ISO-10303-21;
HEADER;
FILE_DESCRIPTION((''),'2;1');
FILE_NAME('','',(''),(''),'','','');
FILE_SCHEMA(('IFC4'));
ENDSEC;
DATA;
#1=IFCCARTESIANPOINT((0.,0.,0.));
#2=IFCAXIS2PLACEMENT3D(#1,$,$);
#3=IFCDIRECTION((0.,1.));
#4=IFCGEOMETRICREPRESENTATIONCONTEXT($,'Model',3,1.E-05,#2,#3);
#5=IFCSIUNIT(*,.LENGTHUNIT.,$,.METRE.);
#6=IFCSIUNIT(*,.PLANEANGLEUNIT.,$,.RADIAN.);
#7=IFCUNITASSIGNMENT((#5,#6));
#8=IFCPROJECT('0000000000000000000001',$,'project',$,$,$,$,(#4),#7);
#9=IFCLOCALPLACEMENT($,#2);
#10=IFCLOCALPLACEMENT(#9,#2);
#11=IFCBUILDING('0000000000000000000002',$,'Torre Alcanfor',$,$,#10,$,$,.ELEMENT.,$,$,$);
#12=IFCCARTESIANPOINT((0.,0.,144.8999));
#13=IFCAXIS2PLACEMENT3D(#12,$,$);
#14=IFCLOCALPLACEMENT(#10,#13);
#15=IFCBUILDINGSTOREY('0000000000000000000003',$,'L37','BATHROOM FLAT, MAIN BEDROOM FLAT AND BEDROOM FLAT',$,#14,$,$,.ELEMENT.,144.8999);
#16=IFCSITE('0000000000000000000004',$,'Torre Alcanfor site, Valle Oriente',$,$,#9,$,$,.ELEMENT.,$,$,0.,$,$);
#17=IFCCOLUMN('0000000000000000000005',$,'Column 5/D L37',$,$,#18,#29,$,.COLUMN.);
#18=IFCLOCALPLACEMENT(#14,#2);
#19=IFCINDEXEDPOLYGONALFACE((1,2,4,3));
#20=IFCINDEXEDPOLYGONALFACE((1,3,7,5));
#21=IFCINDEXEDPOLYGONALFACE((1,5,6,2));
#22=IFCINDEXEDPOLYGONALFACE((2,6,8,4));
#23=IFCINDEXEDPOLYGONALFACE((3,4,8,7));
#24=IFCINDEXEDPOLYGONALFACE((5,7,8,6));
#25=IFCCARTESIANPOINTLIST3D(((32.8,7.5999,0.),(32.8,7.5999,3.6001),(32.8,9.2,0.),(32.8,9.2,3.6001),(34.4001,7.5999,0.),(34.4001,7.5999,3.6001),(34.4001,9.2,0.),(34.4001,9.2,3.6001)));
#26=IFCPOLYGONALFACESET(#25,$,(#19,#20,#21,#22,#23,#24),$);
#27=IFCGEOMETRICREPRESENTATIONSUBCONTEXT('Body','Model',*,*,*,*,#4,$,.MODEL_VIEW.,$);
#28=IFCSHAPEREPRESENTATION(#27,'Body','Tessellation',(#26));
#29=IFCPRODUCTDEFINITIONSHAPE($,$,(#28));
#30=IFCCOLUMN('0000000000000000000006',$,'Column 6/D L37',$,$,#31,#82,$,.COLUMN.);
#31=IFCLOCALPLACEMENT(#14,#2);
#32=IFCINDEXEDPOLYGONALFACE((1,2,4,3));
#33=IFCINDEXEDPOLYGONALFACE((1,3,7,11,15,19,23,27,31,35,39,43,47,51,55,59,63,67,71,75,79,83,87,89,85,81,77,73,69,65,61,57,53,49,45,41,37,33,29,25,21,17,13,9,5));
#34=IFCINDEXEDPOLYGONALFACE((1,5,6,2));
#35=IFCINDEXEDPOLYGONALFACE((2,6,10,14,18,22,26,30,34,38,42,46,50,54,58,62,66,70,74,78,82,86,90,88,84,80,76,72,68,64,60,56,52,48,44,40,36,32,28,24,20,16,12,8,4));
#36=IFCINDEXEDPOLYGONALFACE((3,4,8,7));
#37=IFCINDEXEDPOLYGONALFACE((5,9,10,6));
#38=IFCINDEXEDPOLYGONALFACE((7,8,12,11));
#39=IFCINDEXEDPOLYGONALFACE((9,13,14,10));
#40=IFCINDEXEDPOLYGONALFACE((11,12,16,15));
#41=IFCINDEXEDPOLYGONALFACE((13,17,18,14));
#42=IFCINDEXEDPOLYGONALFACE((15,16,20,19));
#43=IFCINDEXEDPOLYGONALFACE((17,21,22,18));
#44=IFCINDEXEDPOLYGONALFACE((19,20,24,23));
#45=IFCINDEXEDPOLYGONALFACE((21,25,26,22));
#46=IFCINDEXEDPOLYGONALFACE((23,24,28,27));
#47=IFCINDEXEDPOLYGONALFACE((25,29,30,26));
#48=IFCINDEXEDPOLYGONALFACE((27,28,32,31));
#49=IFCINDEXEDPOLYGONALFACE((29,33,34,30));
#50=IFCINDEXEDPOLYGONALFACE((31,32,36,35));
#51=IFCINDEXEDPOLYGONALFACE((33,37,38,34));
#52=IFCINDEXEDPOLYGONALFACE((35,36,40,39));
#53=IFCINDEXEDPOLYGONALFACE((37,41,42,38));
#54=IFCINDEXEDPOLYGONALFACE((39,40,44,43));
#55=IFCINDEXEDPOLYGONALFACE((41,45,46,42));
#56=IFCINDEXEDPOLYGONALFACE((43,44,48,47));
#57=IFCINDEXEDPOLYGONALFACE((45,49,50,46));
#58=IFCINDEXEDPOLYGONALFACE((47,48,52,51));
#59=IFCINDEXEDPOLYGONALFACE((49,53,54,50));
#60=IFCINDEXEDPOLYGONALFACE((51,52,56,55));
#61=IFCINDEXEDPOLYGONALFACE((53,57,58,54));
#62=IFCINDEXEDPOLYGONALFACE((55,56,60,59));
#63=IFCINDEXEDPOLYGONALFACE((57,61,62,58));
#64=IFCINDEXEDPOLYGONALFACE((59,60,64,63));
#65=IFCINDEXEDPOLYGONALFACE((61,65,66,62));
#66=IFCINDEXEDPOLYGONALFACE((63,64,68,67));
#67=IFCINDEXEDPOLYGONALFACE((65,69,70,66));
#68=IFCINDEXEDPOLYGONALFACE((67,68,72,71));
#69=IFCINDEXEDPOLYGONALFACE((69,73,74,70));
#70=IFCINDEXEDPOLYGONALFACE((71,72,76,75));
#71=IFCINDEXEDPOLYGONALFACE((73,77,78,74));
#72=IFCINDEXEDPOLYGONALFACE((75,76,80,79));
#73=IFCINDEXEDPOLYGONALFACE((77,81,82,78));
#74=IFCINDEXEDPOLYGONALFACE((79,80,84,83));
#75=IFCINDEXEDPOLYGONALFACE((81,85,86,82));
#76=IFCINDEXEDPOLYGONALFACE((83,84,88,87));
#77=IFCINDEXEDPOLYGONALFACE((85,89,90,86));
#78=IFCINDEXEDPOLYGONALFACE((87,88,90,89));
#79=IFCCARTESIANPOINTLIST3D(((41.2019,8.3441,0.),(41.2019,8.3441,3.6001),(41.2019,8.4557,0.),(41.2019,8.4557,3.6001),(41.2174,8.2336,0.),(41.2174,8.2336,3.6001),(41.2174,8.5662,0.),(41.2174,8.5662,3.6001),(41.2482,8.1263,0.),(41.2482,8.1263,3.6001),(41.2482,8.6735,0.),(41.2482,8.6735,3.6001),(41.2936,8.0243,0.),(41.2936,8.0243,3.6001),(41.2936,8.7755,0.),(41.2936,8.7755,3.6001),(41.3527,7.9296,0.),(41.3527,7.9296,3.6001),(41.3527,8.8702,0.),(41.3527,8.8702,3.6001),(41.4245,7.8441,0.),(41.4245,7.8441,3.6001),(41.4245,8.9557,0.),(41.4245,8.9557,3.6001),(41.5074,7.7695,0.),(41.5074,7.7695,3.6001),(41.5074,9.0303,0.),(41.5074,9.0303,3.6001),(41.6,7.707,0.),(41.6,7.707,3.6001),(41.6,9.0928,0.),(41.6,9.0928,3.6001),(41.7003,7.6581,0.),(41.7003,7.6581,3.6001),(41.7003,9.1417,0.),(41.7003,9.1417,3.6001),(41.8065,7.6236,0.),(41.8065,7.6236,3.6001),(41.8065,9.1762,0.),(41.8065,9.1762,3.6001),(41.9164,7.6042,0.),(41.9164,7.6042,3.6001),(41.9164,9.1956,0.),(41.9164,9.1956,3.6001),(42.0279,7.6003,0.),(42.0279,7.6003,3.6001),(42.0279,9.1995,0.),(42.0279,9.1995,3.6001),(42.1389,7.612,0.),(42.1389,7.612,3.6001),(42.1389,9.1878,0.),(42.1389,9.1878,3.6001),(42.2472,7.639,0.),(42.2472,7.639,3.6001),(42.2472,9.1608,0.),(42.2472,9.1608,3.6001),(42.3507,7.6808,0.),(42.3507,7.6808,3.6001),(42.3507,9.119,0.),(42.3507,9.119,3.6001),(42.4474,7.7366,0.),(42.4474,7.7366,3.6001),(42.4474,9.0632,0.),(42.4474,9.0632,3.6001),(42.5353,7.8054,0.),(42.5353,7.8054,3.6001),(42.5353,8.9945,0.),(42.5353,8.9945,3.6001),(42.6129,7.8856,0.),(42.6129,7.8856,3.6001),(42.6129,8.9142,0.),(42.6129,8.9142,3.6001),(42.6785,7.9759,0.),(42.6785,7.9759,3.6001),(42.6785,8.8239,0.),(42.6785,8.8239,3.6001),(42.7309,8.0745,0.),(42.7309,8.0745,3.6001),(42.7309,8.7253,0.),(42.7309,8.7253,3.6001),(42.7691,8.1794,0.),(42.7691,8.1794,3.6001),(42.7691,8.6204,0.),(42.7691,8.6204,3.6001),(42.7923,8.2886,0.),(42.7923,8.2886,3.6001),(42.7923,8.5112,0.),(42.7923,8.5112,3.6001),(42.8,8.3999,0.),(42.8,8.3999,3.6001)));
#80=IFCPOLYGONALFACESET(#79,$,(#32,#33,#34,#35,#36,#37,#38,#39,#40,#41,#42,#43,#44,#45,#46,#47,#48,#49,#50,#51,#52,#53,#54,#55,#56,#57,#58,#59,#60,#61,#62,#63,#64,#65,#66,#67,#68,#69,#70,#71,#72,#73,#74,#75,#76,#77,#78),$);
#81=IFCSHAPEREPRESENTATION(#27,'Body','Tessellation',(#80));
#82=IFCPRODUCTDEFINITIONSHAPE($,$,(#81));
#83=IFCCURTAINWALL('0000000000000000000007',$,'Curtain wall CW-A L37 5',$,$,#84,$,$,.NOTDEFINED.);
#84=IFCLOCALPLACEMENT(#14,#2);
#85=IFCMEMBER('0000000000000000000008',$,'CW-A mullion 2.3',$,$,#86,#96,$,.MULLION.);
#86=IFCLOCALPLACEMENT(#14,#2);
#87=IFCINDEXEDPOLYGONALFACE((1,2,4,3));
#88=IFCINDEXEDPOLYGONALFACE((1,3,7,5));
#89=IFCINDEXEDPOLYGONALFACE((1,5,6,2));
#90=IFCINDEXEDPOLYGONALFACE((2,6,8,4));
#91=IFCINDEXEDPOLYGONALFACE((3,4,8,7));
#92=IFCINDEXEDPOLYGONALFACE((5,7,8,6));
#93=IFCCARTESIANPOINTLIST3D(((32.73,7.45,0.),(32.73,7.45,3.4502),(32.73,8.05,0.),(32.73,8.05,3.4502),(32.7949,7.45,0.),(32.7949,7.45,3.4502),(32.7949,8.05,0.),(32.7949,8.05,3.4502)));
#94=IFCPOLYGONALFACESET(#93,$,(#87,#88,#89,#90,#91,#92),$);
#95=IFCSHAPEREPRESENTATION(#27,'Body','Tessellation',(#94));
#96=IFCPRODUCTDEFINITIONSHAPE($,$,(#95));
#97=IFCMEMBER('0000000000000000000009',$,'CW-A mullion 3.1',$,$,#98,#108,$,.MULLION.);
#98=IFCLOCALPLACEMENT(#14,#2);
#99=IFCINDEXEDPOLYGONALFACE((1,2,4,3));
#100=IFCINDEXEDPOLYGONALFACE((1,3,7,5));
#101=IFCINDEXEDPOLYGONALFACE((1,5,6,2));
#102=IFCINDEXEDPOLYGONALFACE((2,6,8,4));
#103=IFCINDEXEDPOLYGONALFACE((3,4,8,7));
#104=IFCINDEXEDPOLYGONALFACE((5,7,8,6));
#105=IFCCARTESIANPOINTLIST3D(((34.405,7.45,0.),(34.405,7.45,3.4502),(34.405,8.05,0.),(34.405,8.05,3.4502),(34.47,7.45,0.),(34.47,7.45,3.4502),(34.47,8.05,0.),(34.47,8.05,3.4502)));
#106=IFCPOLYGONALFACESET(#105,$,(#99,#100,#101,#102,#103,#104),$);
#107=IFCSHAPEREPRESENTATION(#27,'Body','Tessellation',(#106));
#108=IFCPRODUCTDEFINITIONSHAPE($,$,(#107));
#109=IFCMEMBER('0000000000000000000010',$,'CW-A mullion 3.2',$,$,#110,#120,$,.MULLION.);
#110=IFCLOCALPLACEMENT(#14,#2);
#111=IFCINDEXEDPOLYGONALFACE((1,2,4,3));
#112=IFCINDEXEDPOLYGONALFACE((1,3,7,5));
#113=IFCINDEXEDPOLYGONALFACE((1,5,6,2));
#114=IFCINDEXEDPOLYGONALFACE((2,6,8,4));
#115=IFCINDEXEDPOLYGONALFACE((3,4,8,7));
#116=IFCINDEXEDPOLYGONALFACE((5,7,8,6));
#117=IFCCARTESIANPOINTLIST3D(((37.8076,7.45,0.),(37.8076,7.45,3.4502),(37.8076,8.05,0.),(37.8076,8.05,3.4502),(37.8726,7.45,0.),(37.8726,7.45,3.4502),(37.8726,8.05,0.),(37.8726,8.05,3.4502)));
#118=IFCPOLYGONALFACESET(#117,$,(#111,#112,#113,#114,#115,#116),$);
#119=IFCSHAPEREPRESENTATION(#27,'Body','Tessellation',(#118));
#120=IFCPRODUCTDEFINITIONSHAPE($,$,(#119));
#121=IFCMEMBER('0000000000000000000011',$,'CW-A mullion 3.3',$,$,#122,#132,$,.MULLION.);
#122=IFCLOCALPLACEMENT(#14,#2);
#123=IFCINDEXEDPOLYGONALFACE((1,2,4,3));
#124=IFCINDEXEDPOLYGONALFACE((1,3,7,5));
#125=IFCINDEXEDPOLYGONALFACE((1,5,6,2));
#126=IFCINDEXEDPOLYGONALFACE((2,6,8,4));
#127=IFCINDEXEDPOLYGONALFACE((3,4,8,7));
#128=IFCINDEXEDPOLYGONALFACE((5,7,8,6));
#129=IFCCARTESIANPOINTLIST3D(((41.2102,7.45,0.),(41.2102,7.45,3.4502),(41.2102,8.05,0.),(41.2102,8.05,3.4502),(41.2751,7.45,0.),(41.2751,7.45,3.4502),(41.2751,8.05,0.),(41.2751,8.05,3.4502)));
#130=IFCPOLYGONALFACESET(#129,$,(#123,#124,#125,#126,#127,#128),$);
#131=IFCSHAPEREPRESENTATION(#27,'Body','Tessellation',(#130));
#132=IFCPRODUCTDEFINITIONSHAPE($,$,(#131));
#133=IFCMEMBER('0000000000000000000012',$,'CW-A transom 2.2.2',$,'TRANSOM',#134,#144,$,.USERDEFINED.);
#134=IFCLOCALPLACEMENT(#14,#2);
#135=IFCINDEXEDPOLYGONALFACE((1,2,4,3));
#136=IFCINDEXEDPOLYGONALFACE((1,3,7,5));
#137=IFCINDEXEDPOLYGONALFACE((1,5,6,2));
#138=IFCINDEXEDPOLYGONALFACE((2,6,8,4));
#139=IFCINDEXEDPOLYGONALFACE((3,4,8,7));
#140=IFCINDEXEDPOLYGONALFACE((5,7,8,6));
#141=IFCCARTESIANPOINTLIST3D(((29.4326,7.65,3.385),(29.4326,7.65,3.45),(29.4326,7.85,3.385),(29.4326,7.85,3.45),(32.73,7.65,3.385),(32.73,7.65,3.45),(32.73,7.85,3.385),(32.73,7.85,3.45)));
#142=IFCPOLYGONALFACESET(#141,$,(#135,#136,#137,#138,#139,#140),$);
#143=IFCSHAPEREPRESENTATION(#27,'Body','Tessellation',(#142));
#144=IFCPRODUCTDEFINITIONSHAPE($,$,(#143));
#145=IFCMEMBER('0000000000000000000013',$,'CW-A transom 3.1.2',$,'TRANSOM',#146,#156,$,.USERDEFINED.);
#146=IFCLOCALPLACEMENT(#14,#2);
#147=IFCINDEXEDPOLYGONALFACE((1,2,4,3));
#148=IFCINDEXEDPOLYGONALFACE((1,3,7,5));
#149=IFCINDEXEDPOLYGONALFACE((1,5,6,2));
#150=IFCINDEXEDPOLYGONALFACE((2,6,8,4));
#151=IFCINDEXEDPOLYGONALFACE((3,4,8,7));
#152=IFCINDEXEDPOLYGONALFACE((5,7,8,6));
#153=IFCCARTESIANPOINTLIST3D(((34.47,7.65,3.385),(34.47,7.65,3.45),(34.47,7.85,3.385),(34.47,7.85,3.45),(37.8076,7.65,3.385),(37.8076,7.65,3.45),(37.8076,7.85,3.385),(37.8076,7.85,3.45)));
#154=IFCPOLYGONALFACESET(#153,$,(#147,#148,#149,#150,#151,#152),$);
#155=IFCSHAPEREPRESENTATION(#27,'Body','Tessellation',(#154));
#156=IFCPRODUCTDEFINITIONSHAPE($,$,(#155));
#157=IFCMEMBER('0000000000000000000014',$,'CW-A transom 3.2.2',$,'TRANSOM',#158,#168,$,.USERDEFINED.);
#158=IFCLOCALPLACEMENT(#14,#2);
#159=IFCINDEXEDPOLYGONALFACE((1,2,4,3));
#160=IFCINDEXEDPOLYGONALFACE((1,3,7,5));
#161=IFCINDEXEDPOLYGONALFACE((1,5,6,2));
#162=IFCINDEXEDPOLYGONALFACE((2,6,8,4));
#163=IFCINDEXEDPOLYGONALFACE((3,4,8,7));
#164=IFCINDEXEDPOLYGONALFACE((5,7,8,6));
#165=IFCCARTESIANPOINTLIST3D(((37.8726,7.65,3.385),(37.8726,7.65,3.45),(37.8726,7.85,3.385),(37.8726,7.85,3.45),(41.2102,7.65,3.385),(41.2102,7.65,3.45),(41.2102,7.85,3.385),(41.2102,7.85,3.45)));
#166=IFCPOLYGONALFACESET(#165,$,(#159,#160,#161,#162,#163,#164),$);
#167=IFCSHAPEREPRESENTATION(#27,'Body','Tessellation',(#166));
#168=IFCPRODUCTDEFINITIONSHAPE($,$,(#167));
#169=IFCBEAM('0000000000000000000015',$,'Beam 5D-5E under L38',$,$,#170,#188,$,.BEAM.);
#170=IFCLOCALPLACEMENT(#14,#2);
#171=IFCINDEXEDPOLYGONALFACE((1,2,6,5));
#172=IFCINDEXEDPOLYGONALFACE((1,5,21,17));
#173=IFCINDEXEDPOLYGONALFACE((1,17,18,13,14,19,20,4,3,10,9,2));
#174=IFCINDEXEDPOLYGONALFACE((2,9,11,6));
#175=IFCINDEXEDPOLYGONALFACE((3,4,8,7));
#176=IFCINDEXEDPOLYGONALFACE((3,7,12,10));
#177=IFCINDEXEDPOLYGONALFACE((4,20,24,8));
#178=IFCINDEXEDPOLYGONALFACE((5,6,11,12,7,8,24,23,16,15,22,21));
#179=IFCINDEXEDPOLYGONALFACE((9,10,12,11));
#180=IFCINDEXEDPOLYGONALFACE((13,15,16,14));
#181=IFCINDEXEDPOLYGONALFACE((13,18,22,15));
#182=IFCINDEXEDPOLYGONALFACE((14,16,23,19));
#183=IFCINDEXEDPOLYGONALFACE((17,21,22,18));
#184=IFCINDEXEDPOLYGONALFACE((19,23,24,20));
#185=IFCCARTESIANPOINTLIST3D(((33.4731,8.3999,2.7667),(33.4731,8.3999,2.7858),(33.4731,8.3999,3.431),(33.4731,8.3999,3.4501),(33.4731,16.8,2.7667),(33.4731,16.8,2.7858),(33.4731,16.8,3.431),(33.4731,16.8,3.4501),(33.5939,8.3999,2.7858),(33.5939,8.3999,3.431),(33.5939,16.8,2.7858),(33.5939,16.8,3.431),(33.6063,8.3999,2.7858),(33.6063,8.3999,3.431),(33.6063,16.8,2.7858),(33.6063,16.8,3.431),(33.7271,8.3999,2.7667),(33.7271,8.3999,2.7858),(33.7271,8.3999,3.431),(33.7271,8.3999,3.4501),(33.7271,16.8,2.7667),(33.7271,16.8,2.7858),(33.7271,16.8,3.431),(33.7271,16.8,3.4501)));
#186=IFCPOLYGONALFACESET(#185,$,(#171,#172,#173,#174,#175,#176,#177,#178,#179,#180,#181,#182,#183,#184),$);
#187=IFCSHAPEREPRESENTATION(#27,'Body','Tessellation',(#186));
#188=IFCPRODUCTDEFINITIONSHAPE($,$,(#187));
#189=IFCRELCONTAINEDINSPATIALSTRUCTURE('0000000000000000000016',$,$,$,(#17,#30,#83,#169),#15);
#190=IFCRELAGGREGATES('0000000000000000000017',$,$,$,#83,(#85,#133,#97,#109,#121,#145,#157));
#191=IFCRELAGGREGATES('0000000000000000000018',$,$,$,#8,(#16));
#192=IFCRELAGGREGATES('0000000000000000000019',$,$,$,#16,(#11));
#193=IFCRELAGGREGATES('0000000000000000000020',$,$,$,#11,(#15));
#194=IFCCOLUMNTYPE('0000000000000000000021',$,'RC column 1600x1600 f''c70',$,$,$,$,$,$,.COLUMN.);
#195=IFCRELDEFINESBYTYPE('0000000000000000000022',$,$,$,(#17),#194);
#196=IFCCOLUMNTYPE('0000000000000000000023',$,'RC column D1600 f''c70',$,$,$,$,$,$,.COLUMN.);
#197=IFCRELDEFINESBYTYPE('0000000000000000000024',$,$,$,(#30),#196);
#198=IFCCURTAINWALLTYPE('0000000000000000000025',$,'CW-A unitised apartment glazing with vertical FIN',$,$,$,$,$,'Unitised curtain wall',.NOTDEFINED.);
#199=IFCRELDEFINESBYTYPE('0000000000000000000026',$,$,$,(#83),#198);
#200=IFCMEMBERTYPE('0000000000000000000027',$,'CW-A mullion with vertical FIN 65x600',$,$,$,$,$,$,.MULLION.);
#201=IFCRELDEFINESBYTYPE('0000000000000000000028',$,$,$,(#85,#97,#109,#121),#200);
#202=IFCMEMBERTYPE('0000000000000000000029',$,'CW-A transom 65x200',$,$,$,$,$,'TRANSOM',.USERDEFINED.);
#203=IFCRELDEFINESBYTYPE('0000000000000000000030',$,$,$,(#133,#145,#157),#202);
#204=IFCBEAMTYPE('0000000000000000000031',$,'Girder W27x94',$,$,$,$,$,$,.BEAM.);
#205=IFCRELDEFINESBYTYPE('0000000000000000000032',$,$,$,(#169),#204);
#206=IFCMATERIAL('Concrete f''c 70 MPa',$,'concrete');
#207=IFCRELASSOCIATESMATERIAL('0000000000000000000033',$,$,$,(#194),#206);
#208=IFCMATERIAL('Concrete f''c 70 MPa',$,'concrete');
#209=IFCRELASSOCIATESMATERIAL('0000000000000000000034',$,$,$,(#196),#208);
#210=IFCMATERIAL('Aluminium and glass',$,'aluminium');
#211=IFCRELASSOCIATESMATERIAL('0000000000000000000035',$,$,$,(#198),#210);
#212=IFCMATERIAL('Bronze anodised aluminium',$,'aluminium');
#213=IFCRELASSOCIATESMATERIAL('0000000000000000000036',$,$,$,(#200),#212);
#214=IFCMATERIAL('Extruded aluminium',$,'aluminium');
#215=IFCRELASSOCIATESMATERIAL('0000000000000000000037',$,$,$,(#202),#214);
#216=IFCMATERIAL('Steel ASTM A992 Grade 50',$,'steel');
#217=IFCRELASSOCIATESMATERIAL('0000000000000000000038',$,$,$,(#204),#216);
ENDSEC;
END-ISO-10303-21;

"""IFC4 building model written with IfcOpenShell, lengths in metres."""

from ifc_helpers import new_model, si_unit, direction, frame, origin, origin_2d, place, context, subcontext, project, spatial, rectangle, circle, i_section, extrude, material, material_profile, profile_set, type_object, element, aggregate, save


model = new_model("IFC4")

# Units and contexts
model_context = context("Model", 3, precision=1e-05, world=origin(), true_north=direction((0.0, 1.0)))
body_context = subcontext(model_context, "Body", "Model", "MODEL_VIEW")
ifc_project = project(units=[si_unit("LENGTHUNIT", "METRE"), si_unit("PLANEANGLEUNIT", "RADIAN")], contexts=[model_context])

# Site, building, storey
site_placement = place(None, origin())
site = spatial("IfcSite", under=ifc_project, at=site_placement, Name="Torre Alcanfor site, Valle Oriente", CompositionType="ELEMENT", RefElevation=0.0)
building_placement = place(site_placement, origin())
building = spatial("IfcBuilding", under=site, at=building_placement, Name="Torre Alcanfor", CompositionType="ELEMENT")
storey_placement = place(building_placement, frame((0.0, 0.0, 144.8999)))
storey = spatial("IfcBuildingStorey", under=building, at=storey_placement, Name="L37", Description="BATHROOM FLAT, MAIN BEDROOM FLAT AND BEDROOM FLAT", CompositionType="ELEMENT", Elevation=144.8999)

# Columns
ifc_material_1 = material(Name="Concrete f'c 70 MPa", Category="concrete")
ifc_material_profile_1 = material_profile(ifc_material_1, rectangle(XDim=1.6001, YDim=1.6001, at=origin_2d()), Name="1600x1600")
ifc_profile_set_1 = profile_set([ifc_material_profile_1], Name="Concrete f'c 70 MPa")
column_type_1 = type_object("IfcColumnType", Name="RC column 1600x1600 f'c70", PredefinedType="COLUMN", material=ifc_profile_set_1)
column_1_placement = place(storey_placement, frame((33.6001, 8.3999, 0.0), z_axis=(0.0, 0.0, 1.0), x_axis=(1.0, 0.0, 0.0)))
element("IfcColumn", 1, at=column_1_placement, inside=storey, type_object=column_type_1, Name="Column 5/D L37", PredefinedType="COLUMN", context=body_context, shape_type="SweptSolid", body=[
    extrude(rectangle(XDim=1.6001, YDim=1.6001, at=origin_2d()), origin(), (0.0, 0.0, 1.0), 3.6001),
])
ifc_material_2 = material(Name="Concrete f'c 70 MPa", Category="concrete")
ifc_material_profile_2 = material_profile(ifc_material_2, circle(Radius=0.8, at=origin_2d()), Name="D1600")
ifc_profile_set_2 = profile_set([ifc_material_profile_2], Name="Concrete f'c 70 MPa")
column_type_2 = type_object("IfcColumnType", Name="RC column D1600 f'c70", PredefinedType="COLUMN", material=ifc_profile_set_2)
column_2_placement = place(storey_placement, frame((42.0, 8.3999, 0.0), z_axis=(0.0, 0.0, 1.0), x_axis=(1.0, 0.0, 0.0)))
element("IfcColumn", 2, at=column_2_placement, inside=storey, type_object=column_type_2, Name="Column 6/D L37", PredefinedType="COLUMN", context=body_context, shape_type="SweptSolid", body=[
    extrude(circle(Radius=0.8, at=origin_2d()), origin(), (0.0, 0.0, 1.0), 3.6001),
])

# Curtain wall, members
ifc_material_3 = material(Name="Aluminium and glass", Category="aluminium")
curtain_wall_type = type_object("IfcCurtainWallType", Name="CW-A unitised apartment glazing with vertical FIN", ElementType="Unitised curtain wall", PredefinedType="NOTDEFINED", material=ifc_material_3)
curtain_wall_placement = place(storey_placement, origin())
curtain_wall = element("IfcCurtainWall", 3, at=curtain_wall_placement, inside=storey, type_object=curtain_wall_type, Name="Curtain wall CW-A L37 5", PredefinedType="NOTDEFINED")
ifc_material_4 = material(Name="Bronze anodised aluminium", Category="aluminium")
ifc_material_profile_3 = material_profile(ifc_material_4, rectangle(XDim=0.6001, YDim=0.0649, at=origin_2d()), Name="CW-A mullion 65x600")
ifc_profile_set_3 = profile_set([ifc_material_profile_3], Name="Bronze anodised aluminium")
member_type_1 = type_object("IfcMemberType", Name="CW-A mullion with vertical FIN 65x600", PredefinedType="MULLION", material=ifc_profile_set_3)
member_1_placement = place(storey_placement, frame((32.7625, 7.75, 0.0), z_axis=(0.0, 0.0, 1.0), x_axis=(0.0, 1.0, 0.0)))
member_1 = element("IfcMember", 4, at=member_1_placement, type_object=member_type_1, Name="CW-A mullion 2.3", PredefinedType="MULLION", context=body_context, shape_type="SweptSolid", body=[
    extrude(rectangle(XDim=0.6001, YDim=0.0649, at=origin_2d()), origin(), (0.0, 0.0, 1.0), 3.4502),
])
member_2_placement = place(storey_placement, frame((34.4375, 7.75, 0.0), z_axis=(0.0, 0.0, 1.0), x_axis=(0.0, 1.0, 0.0)))
member_2 = element("IfcMember", 5, at=member_2_placement, type_object=member_type_1, Name="CW-A mullion 3.1", PredefinedType="MULLION", context=body_context, shape_type="SweptSolid", body=[
    extrude(rectangle(XDim=0.6001, YDim=0.0649, at=origin_2d()), origin(), (0.0, 0.0, 1.0), 3.4502),
])
member_3_placement = place(storey_placement, frame((37.8401, 7.75, 0.0), z_axis=(0.0, 0.0, 1.0), x_axis=(0.0, 1.0, 0.0)))
member_3 = element("IfcMember", 6, at=member_3_placement, type_object=member_type_1, Name="CW-A mullion 3.2", PredefinedType="MULLION", context=body_context, shape_type="SweptSolid", body=[
    extrude(rectangle(XDim=0.6001, YDim=0.0649, at=origin_2d()), origin(), (0.0, 0.0, 1.0), 3.4502),
])
member_4_placement = place(storey_placement, frame((41.2427, 7.75, 0.0), z_axis=(0.0, 0.0, 1.0), x_axis=(0.0, 1.0, 0.0)))
member_4 = element("IfcMember", 7, at=member_4_placement, type_object=member_type_1, Name="CW-A mullion 3.3", PredefinedType="MULLION", context=body_context, shape_type="SweptSolid", body=[
    extrude(rectangle(XDim=0.6001, YDim=0.0649, at=origin_2d()), origin(), (0.0, 0.0, 1.0), 3.4502),
])
ifc_material_5 = material(Name="Extruded aluminium", Category="aluminium")
ifc_material_profile_4 = material_profile(ifc_material_5, rectangle(XDim=0.2, YDim=0.0649, at=origin_2d()), Name="CW-A transom 200x65")
ifc_profile_set_4 = profile_set([ifc_material_profile_4], Name="Extruded aluminium")
member_type_2 = type_object("IfcMemberType", Name="CW-A transom 65x200", ElementType="TRANSOM", PredefinedType="USERDEFINED", material=ifc_profile_set_4)
member_5_placement = place(storey_placement, frame((29.4326, 7.75, 3.4175), z_axis=(1.0, 0.0, 0.0), x_axis=(0.0, 1.0, 0.0)))
member_5 = element("IfcMember", 8, at=member_5_placement, type_object=member_type_2, Name="CW-A transom 2.2.2", ObjectType="TRANSOM", PredefinedType="USERDEFINED", context=body_context, shape_type="SweptSolid", body=[
    extrude(rectangle(XDim=0.2, YDim=0.0649, at=origin_2d()), origin(), (0.0, 0.0, 1.0), 3.2974),
])
member_6_placement = place(storey_placement, frame((34.47, 7.75, 3.4175), z_axis=(1.0, 0.0, 0.0), x_axis=(0.0, 1.0, 0.0)))
member_6 = element("IfcMember", 9, at=member_6_placement, type_object=member_type_2, Name="CW-A transom 3.1.2", ObjectType="TRANSOM", PredefinedType="USERDEFINED", context=body_context, shape_type="SweptSolid", body=[
    extrude(rectangle(XDim=0.2, YDim=0.0649, at=origin_2d()), origin(), (0.0, 0.0, 1.0), 3.3376),
])
member_7_placement = place(storey_placement, frame((37.8726, 7.75, 3.4175), z_axis=(1.0, 0.0, 0.0), x_axis=(0.0, 1.0, 0.0)))
member_7 = element("IfcMember", 10, at=member_7_placement, type_object=member_type_2, Name="CW-A transom 3.2.2", ObjectType="TRANSOM", PredefinedType="USERDEFINED", context=body_context, shape_type="SweptSolid", body=[
    extrude(rectangle(XDim=0.2, YDim=0.0649, at=origin_2d()), origin(), (0.0, 0.0, 1.0), 3.3376),
])

# Beam
ifc_material_6 = material(Name="Steel ASTM A992 Grade 50", Category="steel")
ifc_material_profile_5 = material_profile(ifc_material_6, i_section(OverallWidth=0.2539, OverallDepth=0.6833, WebThickness=0.0125, FlangeThickness=0.019, at=origin_2d()), Name="W27x94")
ifc_profile_set_5 = profile_set([ifc_material_profile_5], Name="Steel ASTM A992 Grade 50")
beam_type_1 = type_object("IfcBeamType", Name="Girder W27x94", PredefinedType="BEAM", material=ifc_profile_set_5)
beam_1_placement = place(storey_placement, frame((33.6001, 8.3999, 3.1084), z_axis=(0.0, 1.0, 0.0), x_axis=(-1.0, 0.0, 0.0)))
element("IfcBeam", 11, at=beam_1_placement, inside=storey, type_object=beam_type_1, Name="Beam 5D-5E under L38", PredefinedType="BEAM", context=body_context, shape_type="SweptSolid", body=[
    extrude(i_section(OverallWidth=0.2539, OverallDepth=0.6833, WebThickness=0.0125, FlangeThickness=0.019, at=origin_2d()), origin(), (0.0, 0.0, 1.0), 8.4001),
])

aggregate(curtain_wall, [member_1, member_5, member_2, member_3, member_4, member_6, member_7])

save(model, "model.ifc")
